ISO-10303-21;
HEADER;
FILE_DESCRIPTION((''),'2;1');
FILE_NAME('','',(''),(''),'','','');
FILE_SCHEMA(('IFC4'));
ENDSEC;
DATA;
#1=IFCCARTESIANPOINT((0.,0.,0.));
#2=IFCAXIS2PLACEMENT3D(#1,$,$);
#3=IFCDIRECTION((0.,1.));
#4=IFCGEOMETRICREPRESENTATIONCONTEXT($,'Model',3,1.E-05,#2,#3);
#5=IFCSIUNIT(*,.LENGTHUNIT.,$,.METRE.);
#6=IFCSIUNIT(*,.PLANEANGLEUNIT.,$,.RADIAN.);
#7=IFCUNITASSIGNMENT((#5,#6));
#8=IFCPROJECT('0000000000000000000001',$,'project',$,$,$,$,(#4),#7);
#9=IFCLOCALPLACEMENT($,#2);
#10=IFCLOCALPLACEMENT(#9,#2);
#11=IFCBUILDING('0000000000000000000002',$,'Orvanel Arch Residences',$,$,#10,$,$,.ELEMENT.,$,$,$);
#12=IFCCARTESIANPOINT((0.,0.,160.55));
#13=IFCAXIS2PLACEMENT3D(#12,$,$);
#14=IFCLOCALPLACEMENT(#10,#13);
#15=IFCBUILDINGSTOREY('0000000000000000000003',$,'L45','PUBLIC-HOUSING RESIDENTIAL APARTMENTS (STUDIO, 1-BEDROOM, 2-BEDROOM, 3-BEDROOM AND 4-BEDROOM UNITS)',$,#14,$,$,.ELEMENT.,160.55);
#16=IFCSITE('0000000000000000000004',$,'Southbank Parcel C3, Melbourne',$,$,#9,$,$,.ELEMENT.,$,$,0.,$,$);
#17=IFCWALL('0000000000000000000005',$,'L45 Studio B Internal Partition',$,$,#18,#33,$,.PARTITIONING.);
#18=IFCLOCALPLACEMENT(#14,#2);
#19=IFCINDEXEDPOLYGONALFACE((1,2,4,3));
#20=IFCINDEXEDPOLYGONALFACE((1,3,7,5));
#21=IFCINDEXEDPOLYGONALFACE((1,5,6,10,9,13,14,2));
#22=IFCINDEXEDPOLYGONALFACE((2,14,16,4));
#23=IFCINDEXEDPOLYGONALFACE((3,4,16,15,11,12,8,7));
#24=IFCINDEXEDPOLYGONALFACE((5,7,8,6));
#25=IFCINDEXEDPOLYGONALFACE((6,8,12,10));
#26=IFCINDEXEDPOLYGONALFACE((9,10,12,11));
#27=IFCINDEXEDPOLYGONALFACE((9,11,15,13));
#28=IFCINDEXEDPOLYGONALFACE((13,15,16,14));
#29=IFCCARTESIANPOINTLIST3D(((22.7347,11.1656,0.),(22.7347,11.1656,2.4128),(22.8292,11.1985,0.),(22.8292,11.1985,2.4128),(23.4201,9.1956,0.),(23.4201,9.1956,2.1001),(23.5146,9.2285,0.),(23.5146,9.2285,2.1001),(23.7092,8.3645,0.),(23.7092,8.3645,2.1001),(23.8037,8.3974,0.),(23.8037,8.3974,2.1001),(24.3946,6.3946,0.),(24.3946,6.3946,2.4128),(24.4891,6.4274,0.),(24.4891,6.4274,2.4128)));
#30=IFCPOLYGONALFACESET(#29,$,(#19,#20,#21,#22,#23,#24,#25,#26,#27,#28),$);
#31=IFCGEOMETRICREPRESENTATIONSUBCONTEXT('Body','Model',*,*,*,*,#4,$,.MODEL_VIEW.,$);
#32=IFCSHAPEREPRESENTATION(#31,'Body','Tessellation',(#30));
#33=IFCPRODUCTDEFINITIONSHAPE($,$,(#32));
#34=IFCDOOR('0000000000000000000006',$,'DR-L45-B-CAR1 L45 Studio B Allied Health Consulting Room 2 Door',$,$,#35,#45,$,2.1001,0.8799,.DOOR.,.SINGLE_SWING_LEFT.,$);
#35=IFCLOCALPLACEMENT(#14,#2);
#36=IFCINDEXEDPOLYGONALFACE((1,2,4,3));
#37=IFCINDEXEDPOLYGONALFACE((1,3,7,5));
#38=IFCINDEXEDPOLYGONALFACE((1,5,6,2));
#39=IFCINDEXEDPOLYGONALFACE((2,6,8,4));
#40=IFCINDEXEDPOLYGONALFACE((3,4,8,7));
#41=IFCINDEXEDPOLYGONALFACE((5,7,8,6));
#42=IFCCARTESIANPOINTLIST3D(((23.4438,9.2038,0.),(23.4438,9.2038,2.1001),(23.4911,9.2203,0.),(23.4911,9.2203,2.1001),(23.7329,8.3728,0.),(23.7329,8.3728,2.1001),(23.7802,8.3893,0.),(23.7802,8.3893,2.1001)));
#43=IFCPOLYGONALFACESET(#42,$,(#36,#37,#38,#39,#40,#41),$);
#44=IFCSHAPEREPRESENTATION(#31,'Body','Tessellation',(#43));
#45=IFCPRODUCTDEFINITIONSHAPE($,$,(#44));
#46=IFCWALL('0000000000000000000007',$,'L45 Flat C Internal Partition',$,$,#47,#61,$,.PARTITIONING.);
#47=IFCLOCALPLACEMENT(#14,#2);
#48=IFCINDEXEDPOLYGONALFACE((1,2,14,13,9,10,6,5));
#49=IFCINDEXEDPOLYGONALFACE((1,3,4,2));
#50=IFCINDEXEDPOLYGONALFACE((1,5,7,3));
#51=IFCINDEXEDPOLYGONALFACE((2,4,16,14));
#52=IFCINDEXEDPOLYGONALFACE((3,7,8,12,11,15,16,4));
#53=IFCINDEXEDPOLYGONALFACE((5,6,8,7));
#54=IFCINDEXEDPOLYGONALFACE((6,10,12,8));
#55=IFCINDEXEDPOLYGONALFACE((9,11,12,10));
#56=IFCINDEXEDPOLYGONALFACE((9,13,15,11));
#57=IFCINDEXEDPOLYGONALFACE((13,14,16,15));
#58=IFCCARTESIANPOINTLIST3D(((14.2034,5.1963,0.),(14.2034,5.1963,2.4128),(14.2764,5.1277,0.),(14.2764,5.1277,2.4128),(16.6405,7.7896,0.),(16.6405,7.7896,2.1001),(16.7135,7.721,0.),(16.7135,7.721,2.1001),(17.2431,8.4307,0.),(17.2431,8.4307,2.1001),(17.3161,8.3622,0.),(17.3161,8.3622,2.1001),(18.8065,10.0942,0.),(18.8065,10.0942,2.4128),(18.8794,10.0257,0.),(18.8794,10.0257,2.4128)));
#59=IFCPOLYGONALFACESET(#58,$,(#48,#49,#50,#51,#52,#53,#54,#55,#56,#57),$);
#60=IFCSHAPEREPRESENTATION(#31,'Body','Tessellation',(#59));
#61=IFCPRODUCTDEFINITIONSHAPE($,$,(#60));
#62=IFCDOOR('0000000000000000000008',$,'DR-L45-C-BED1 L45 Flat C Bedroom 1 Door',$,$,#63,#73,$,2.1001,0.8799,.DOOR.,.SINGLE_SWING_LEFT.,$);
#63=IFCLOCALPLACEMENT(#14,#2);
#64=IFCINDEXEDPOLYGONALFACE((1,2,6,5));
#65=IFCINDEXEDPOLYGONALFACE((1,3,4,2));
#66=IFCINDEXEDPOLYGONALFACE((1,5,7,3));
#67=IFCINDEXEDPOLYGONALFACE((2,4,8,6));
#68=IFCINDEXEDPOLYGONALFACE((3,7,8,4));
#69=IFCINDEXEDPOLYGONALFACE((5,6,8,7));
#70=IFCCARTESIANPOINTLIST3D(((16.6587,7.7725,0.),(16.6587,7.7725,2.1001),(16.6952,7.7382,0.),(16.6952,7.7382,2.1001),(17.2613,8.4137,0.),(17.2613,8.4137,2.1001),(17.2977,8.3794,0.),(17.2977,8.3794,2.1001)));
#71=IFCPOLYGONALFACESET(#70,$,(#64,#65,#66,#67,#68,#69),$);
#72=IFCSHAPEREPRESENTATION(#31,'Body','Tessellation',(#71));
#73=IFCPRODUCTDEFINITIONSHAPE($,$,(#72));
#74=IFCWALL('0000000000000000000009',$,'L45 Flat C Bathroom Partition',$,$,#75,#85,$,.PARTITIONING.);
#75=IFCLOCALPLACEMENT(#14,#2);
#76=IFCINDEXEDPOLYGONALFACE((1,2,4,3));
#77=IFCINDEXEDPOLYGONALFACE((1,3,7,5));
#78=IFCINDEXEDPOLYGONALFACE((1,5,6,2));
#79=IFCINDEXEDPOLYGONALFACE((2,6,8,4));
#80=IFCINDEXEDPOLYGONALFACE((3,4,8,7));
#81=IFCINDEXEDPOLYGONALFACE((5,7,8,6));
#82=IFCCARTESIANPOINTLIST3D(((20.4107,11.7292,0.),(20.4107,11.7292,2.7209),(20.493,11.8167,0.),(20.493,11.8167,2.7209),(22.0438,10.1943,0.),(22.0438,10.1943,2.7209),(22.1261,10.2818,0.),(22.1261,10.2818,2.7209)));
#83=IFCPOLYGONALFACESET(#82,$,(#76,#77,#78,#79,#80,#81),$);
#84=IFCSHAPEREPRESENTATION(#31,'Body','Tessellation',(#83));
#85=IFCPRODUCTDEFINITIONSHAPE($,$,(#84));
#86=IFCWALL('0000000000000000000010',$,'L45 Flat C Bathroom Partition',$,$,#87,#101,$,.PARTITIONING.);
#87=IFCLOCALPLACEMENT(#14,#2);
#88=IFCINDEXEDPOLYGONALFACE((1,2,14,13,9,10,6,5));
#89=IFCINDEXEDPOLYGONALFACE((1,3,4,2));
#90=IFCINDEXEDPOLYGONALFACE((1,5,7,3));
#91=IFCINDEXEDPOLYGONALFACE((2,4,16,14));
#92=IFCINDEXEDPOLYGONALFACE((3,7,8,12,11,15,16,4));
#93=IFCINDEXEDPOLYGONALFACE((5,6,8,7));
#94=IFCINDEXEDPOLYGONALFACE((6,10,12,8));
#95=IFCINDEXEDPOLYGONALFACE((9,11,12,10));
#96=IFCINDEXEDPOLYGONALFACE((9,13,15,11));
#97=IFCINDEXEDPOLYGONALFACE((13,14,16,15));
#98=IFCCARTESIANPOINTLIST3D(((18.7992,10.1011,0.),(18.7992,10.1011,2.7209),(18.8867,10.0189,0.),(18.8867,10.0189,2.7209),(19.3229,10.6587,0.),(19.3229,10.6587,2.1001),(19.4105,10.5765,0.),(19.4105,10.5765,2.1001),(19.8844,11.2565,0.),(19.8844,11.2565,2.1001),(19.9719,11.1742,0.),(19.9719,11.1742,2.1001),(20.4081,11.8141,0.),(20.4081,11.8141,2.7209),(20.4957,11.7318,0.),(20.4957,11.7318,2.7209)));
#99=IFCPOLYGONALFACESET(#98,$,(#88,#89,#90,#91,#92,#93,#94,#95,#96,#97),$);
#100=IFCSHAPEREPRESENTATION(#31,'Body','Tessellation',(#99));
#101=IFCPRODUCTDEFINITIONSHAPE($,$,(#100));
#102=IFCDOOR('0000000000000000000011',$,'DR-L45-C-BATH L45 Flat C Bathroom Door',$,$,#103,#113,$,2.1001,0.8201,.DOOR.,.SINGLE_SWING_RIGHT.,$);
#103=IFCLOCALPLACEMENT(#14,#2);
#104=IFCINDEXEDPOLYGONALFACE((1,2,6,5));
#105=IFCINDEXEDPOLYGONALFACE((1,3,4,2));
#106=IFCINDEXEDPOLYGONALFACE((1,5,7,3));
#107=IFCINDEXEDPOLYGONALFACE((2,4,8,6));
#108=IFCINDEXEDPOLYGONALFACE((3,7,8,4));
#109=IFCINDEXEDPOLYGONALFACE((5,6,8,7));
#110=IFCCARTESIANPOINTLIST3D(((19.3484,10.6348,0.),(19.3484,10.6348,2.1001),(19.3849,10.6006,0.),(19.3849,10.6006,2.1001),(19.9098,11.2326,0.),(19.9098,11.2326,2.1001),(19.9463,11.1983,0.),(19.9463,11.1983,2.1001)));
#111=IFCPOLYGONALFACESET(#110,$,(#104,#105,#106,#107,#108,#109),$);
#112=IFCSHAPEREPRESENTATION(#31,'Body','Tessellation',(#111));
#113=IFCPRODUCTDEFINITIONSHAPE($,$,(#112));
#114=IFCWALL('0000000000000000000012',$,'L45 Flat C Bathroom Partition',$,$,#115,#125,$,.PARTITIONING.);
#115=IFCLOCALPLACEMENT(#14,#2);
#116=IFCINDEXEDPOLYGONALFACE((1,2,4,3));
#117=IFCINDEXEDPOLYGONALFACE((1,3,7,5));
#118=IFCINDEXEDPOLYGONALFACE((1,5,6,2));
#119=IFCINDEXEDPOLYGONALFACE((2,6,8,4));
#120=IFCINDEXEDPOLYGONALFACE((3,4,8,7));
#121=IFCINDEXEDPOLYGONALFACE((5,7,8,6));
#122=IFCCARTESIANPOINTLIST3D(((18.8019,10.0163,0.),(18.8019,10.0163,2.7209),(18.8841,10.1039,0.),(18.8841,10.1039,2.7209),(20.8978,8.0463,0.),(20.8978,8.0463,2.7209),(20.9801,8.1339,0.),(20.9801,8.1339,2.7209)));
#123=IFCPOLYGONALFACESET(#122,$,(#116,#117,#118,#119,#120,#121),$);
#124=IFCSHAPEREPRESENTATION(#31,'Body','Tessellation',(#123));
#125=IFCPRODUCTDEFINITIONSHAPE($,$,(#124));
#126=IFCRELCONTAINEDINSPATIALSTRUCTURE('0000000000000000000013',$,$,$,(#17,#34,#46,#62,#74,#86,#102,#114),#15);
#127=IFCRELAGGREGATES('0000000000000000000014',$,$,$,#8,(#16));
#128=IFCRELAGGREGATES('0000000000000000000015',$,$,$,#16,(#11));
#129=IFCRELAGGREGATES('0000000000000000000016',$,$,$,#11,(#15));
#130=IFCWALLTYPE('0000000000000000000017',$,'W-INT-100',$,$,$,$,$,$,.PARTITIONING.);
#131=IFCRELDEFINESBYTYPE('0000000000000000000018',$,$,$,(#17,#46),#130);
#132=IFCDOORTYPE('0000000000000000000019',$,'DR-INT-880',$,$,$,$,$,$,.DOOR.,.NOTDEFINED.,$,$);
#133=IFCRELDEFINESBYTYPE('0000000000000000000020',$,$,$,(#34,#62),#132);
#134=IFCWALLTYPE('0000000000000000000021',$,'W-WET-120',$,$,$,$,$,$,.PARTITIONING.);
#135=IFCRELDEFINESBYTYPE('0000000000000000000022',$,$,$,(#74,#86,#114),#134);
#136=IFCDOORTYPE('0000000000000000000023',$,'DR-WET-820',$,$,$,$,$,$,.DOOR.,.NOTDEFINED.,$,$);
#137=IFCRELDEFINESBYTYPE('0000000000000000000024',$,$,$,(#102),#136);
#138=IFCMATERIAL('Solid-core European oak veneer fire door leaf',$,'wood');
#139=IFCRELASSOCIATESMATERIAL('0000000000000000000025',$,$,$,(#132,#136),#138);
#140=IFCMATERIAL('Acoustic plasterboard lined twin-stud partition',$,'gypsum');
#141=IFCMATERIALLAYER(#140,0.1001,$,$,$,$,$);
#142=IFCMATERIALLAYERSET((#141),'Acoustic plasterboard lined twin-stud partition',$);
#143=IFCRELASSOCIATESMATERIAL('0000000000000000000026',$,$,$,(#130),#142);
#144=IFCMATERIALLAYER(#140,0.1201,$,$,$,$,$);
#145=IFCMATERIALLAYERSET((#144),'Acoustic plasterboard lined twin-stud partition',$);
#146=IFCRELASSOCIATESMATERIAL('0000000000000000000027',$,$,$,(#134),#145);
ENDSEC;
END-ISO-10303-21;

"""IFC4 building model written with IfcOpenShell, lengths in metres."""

from ifc_helpers import new_model, si_unit, direction, frame, frame_2d, origin, place, context, subcontext, project, spatial, rectangle, extrude, material, layer, layer_set, type_object, element, fill, save


model = new_model("IFC4")

# Units and contexts
model_context = context("Model", 3, precision=1e-05, world=origin(), true_north=direction((0.0, 1.0)))
body_context = subcontext(model_context, "Body", "Model", "MODEL_VIEW")
ifc_project = project(units=[si_unit("LENGTHUNIT", "METRE"), si_unit("PLANEANGLEUNIT", "RADIAN")], contexts=[model_context])

# Site, building, storey
site_placement = place(None, origin())
site = spatial("IfcSite", under=ifc_project, at=site_placement, Name="Southbank Parcel C3, Melbourne", CompositionType="ELEMENT", RefElevation=0.0)
building_placement = place(site_placement, origin())
building = spatial("IfcBuilding", under=site, at=building_placement, Name="Orvanel Arch Residences", CompositionType="ELEMENT")
storey_placement = place(building_placement, frame((0.0, 0.0, 160.55)))
storey = spatial("IfcBuildingStorey", under=building, at=storey_placement, Name="L45", Description="PUBLIC-HOUSING RESIDENTIAL APARTMENTS (STUDIO, 1-BEDROOM, 2-BEDROOM, 3-BEDROOM AND 4-BEDROOM UNITS)", CompositionType="ELEMENT", Elevation=160.55)

# Shared definitions
ifc_material_1 = material(Name="Solid-core European oak veneer fire door leaf", Category="wood")
door_type_1 = type_object("IfcDoorType", Name="DR-INT-880", OperationType="NOTDEFINED", PredefinedType="DOOR", material=ifc_material_1)

# Walls, openings, doors
ifc_material_2 = material(Name="Acoustic plasterboard lined twin-stud partition", Category="gypsum")
ifc_layer_1 = layer(ifc_material_2, 0.1001)
ifc_layer_set_1 = layer_set([ifc_layer_1], Name="Acoustic plasterboard lined twin-stud partition")
wall_type_1 = type_object("IfcWallType", Name="W-INT-100", PredefinedType="PARTITIONING", material=ifc_layer_set_1)
wall_1_placement = place(storey_placement, frame((24.4419, 6.4109, 0.0), z_axis=(0.0, 0.0, 1.0), x_axis=(-0.328597, 0.94447, 0.0)))
wall_1 = element("IfcWall", 1, at=wall_1_placement, inside=storey, type_object=wall_type_1, Name="L45 Studio B Internal Partition", PredefinedType="PARTITIONING", context=body_context, shape_type="SweptSolid", body=[
    extrude(rectangle(XDim=5.0515, YDim=0.1001, at=frame_2d((2.5259, 0.0))), origin(), (0.0, 0.0, 1.0), 2.4128),
])
opening_1_placement = place(wall_1_placement, frame((2.0859, 0.0, 0.0)))
opening_1 = element("IfcOpeningElement", 2, at=opening_1_placement, cuts=wall_1, PredefinedType="OPENING", context=body_context, shape_type="SweptSolid", body=[
    extrude(rectangle(XDim=0.8799, YDim=2.1001, at=frame_2d((0.4399, 1.05))), frame((0.0, 0.0601, 0.0), z_axis=(0.0, -1.0, 0.0), x_axis=(1.0, 0.0, 0.0)), (0.0, 0.0, 1.0), 0.1201),
])
door_1_placement = place(opening_1_placement, origin())
door_1 = element("IfcDoor", 3, at=door_1_placement, inside=storey, type_object=door_type_1, Name="DR-L45-B-CAR1 L45 Studio B Allied Health Consulting Room 2 Door", OperationType="SINGLE_SWING_LEFT", OverallHeight=2.1001, OverallWidth=0.8799, PredefinedType="DOOR", context=body_context, shape_type="SweptSolid", body=[
    extrude(rectangle(XDim=0.8799, YDim=2.1001, at=frame_2d((0.4399, 1.05))), frame((0.0, 0.0249, 0.0), z_axis=(0.0, -1.0, 0.0), x_axis=(1.0, 0.0, 0.0)), (0.0, 0.0, 1.0), 0.05),
])
fill(opening_1, door_1)
wall_2_placement = place(storey_placement, frame((18.843, 10.0601, 0.0), z_axis=(0.0, 0.0, 1.0), x_axis=(-0.684827, -0.728705, 0.0)))
wall_2 = element("IfcWall", 4, at=wall_2_placement, inside=storey, type_object=wall_type_1, Name="L45 Flat C Internal Partition", PredefinedType="PARTITIONING", context=body_context, shape_type="SweptSolid", body=[
    extrude(rectangle(XDim=6.7214, YDim=0.1001, at=frame_2d((3.3608, 0.0))), origin(), (0.0, 0.0, 1.0), 2.4128),
])
opening_2_placement = place(wall_2_placement, frame((2.283, 0.0, 0.0)))
opening_2 = element("IfcOpeningElement", 5, at=opening_2_placement, cuts=wall_2, PredefinedType="OPENING", context=body_context, shape_type="SweptSolid", body=[
    extrude(rectangle(XDim=0.8799, YDim=2.1001, at=frame_2d((0.4399, 1.05))), frame((0.0, 0.0601, 0.0), z_axis=(0.0, -1.0, 0.0), x_axis=(1.0, 0.0, 0.0)), (0.0, 0.0, 1.0), 0.1201),
])
door_2_placement = place(opening_2_placement, origin())
door_2 = element("IfcDoor", 6, at=door_2_placement, inside=storey, type_object=door_type_1, Name="DR-L45-C-BED1 L45 Flat C Bedroom 1 Door", OperationType="SINGLE_SWING_LEFT", OverallHeight=2.1001, OverallWidth=0.8799, PredefinedType="DOOR", context=body_context, shape_type="SweptSolid", body=[
    extrude(rectangle(XDim=0.8799, YDim=2.1001, at=frame_2d((0.4399, 1.05))), frame((0.0, 0.0249, 0.0), z_axis=(0.0, -1.0, 0.0), x_axis=(1.0, 0.0, 0.0)), (0.0, 0.0, 1.0), 0.05),
])
fill(opening_2, door_2)

# Wall
ifc_layer_2 = layer(ifc_material_2, 0.1201)
ifc_layer_set_2 = layer_set([ifc_layer_2], Name="Acoustic plasterboard lined twin-stud partition")
wall_type_2 = type_object("IfcWallType", Name="W-WET-120", PredefinedType="PARTITIONING", material=ifc_layer_set_2)
wall_3_placement = place(storey_placement, frame((22.085, 10.238, 0.0), z_axis=(0.0, 0.0, 1.0), x_axis=(-0.728664, 0.684872, 0.0)))
element("IfcWall", 7, at=wall_3_placement, inside=storey, type_object=wall_type_2, Name="L45 Flat C Bathroom Partition", PredefinedType="PARTITIONING", context=body_context, shape_type="SweptSolid", body=[
    extrude(rectangle(XDim=2.2412, YDim=0.1201, at=frame_2d((1.1206, 0.0))), origin(), (0.0, 0.0, 1.0), 2.7209),
])

# Wall, opening, door
wall_4_placement = place(storey_placement, frame((20.4519, 11.7729, 0.0), z_axis=(0.0, 0.0, 1.0), x_axis=(-0.684632, -0.728889, 0.0)))
wall_4 = element("IfcWall", 8, at=wall_4_placement, inside=storey, type_object=wall_type_2, Name="L45 Flat C Bathroom Partition", PredefinedType="PARTITIONING", context=body_context, shape_type="SweptSolid", body=[
    extrude(rectangle(XDim=2.3501, YDim=0.1201, at=frame_2d((1.175, 0.0))), origin(), (0.0, 0.0, 1.0), 2.7209),
])
opening_3_placement = place(wall_4_placement, frame((0.7649, 0.0, 0.0)))
opening_3 = element("IfcOpeningElement", 9, at=opening_3_placement, cuts=wall_4, PredefinedType="OPENING", context=body_context, shape_type="SweptSolid", body=[
    extrude(rectangle(XDim=0.8201, YDim=2.1001, at=frame_2d((0.4102, 1.05))), frame((0.0, 0.0701, 0.0), z_axis=(0.0, -1.0, 0.0), x_axis=(1.0, 0.0, 0.0)), (0.0, 0.0, 1.0), 0.1401),
])
door_type_2 = type_object("IfcDoorType", Name="DR-WET-820", OperationType="NOTDEFINED", PredefinedType="DOOR", material=ifc_material_1)
door_3_placement = place(opening_3_placement, origin())
door_3 = element("IfcDoor", 10, at=door_3_placement, inside=storey, type_object=door_type_2, Name="DR-L45-C-BATH L45 Flat C Bathroom Door", OperationType="SINGLE_SWING_RIGHT", OverallHeight=2.1001, OverallWidth=0.8201, PredefinedType="DOOR", context=body_context, shape_type="SweptSolid", body=[
    extrude(rectangle(XDim=0.8201, YDim=2.1001, at=frame_2d((0.4102, 1.05))), frame((0.0, 0.0249, 0.0), z_axis=(0.0, -1.0, 0.0), x_axis=(1.0, 0.0, 0.0)), (0.0, 0.0, 1.0), 0.05),
])
fill(opening_3, door_3)

# Wall
wall_5_placement = place(storey_placement, frame((20.939, 8.0901, 0.0), z_axis=(0.0, 0.0, 1.0), x_axis=(-0.728666, 0.684869, 0.0)))
element("IfcWall", 11, at=wall_5_placement, inside=storey, type_object=wall_type_2, Name="L45 Flat C Bathroom Partition", PredefinedType="PARTITIONING", context=body_context, shape_type="SweptSolid", body=[
    extrude(rectangle(XDim=2.8765, YDim=0.1201, at=frame_2d((1.4382, 0.0))), origin(), (0.0, 0.0, 1.0), 2.7209),
])

save(model, "model.ifc")
